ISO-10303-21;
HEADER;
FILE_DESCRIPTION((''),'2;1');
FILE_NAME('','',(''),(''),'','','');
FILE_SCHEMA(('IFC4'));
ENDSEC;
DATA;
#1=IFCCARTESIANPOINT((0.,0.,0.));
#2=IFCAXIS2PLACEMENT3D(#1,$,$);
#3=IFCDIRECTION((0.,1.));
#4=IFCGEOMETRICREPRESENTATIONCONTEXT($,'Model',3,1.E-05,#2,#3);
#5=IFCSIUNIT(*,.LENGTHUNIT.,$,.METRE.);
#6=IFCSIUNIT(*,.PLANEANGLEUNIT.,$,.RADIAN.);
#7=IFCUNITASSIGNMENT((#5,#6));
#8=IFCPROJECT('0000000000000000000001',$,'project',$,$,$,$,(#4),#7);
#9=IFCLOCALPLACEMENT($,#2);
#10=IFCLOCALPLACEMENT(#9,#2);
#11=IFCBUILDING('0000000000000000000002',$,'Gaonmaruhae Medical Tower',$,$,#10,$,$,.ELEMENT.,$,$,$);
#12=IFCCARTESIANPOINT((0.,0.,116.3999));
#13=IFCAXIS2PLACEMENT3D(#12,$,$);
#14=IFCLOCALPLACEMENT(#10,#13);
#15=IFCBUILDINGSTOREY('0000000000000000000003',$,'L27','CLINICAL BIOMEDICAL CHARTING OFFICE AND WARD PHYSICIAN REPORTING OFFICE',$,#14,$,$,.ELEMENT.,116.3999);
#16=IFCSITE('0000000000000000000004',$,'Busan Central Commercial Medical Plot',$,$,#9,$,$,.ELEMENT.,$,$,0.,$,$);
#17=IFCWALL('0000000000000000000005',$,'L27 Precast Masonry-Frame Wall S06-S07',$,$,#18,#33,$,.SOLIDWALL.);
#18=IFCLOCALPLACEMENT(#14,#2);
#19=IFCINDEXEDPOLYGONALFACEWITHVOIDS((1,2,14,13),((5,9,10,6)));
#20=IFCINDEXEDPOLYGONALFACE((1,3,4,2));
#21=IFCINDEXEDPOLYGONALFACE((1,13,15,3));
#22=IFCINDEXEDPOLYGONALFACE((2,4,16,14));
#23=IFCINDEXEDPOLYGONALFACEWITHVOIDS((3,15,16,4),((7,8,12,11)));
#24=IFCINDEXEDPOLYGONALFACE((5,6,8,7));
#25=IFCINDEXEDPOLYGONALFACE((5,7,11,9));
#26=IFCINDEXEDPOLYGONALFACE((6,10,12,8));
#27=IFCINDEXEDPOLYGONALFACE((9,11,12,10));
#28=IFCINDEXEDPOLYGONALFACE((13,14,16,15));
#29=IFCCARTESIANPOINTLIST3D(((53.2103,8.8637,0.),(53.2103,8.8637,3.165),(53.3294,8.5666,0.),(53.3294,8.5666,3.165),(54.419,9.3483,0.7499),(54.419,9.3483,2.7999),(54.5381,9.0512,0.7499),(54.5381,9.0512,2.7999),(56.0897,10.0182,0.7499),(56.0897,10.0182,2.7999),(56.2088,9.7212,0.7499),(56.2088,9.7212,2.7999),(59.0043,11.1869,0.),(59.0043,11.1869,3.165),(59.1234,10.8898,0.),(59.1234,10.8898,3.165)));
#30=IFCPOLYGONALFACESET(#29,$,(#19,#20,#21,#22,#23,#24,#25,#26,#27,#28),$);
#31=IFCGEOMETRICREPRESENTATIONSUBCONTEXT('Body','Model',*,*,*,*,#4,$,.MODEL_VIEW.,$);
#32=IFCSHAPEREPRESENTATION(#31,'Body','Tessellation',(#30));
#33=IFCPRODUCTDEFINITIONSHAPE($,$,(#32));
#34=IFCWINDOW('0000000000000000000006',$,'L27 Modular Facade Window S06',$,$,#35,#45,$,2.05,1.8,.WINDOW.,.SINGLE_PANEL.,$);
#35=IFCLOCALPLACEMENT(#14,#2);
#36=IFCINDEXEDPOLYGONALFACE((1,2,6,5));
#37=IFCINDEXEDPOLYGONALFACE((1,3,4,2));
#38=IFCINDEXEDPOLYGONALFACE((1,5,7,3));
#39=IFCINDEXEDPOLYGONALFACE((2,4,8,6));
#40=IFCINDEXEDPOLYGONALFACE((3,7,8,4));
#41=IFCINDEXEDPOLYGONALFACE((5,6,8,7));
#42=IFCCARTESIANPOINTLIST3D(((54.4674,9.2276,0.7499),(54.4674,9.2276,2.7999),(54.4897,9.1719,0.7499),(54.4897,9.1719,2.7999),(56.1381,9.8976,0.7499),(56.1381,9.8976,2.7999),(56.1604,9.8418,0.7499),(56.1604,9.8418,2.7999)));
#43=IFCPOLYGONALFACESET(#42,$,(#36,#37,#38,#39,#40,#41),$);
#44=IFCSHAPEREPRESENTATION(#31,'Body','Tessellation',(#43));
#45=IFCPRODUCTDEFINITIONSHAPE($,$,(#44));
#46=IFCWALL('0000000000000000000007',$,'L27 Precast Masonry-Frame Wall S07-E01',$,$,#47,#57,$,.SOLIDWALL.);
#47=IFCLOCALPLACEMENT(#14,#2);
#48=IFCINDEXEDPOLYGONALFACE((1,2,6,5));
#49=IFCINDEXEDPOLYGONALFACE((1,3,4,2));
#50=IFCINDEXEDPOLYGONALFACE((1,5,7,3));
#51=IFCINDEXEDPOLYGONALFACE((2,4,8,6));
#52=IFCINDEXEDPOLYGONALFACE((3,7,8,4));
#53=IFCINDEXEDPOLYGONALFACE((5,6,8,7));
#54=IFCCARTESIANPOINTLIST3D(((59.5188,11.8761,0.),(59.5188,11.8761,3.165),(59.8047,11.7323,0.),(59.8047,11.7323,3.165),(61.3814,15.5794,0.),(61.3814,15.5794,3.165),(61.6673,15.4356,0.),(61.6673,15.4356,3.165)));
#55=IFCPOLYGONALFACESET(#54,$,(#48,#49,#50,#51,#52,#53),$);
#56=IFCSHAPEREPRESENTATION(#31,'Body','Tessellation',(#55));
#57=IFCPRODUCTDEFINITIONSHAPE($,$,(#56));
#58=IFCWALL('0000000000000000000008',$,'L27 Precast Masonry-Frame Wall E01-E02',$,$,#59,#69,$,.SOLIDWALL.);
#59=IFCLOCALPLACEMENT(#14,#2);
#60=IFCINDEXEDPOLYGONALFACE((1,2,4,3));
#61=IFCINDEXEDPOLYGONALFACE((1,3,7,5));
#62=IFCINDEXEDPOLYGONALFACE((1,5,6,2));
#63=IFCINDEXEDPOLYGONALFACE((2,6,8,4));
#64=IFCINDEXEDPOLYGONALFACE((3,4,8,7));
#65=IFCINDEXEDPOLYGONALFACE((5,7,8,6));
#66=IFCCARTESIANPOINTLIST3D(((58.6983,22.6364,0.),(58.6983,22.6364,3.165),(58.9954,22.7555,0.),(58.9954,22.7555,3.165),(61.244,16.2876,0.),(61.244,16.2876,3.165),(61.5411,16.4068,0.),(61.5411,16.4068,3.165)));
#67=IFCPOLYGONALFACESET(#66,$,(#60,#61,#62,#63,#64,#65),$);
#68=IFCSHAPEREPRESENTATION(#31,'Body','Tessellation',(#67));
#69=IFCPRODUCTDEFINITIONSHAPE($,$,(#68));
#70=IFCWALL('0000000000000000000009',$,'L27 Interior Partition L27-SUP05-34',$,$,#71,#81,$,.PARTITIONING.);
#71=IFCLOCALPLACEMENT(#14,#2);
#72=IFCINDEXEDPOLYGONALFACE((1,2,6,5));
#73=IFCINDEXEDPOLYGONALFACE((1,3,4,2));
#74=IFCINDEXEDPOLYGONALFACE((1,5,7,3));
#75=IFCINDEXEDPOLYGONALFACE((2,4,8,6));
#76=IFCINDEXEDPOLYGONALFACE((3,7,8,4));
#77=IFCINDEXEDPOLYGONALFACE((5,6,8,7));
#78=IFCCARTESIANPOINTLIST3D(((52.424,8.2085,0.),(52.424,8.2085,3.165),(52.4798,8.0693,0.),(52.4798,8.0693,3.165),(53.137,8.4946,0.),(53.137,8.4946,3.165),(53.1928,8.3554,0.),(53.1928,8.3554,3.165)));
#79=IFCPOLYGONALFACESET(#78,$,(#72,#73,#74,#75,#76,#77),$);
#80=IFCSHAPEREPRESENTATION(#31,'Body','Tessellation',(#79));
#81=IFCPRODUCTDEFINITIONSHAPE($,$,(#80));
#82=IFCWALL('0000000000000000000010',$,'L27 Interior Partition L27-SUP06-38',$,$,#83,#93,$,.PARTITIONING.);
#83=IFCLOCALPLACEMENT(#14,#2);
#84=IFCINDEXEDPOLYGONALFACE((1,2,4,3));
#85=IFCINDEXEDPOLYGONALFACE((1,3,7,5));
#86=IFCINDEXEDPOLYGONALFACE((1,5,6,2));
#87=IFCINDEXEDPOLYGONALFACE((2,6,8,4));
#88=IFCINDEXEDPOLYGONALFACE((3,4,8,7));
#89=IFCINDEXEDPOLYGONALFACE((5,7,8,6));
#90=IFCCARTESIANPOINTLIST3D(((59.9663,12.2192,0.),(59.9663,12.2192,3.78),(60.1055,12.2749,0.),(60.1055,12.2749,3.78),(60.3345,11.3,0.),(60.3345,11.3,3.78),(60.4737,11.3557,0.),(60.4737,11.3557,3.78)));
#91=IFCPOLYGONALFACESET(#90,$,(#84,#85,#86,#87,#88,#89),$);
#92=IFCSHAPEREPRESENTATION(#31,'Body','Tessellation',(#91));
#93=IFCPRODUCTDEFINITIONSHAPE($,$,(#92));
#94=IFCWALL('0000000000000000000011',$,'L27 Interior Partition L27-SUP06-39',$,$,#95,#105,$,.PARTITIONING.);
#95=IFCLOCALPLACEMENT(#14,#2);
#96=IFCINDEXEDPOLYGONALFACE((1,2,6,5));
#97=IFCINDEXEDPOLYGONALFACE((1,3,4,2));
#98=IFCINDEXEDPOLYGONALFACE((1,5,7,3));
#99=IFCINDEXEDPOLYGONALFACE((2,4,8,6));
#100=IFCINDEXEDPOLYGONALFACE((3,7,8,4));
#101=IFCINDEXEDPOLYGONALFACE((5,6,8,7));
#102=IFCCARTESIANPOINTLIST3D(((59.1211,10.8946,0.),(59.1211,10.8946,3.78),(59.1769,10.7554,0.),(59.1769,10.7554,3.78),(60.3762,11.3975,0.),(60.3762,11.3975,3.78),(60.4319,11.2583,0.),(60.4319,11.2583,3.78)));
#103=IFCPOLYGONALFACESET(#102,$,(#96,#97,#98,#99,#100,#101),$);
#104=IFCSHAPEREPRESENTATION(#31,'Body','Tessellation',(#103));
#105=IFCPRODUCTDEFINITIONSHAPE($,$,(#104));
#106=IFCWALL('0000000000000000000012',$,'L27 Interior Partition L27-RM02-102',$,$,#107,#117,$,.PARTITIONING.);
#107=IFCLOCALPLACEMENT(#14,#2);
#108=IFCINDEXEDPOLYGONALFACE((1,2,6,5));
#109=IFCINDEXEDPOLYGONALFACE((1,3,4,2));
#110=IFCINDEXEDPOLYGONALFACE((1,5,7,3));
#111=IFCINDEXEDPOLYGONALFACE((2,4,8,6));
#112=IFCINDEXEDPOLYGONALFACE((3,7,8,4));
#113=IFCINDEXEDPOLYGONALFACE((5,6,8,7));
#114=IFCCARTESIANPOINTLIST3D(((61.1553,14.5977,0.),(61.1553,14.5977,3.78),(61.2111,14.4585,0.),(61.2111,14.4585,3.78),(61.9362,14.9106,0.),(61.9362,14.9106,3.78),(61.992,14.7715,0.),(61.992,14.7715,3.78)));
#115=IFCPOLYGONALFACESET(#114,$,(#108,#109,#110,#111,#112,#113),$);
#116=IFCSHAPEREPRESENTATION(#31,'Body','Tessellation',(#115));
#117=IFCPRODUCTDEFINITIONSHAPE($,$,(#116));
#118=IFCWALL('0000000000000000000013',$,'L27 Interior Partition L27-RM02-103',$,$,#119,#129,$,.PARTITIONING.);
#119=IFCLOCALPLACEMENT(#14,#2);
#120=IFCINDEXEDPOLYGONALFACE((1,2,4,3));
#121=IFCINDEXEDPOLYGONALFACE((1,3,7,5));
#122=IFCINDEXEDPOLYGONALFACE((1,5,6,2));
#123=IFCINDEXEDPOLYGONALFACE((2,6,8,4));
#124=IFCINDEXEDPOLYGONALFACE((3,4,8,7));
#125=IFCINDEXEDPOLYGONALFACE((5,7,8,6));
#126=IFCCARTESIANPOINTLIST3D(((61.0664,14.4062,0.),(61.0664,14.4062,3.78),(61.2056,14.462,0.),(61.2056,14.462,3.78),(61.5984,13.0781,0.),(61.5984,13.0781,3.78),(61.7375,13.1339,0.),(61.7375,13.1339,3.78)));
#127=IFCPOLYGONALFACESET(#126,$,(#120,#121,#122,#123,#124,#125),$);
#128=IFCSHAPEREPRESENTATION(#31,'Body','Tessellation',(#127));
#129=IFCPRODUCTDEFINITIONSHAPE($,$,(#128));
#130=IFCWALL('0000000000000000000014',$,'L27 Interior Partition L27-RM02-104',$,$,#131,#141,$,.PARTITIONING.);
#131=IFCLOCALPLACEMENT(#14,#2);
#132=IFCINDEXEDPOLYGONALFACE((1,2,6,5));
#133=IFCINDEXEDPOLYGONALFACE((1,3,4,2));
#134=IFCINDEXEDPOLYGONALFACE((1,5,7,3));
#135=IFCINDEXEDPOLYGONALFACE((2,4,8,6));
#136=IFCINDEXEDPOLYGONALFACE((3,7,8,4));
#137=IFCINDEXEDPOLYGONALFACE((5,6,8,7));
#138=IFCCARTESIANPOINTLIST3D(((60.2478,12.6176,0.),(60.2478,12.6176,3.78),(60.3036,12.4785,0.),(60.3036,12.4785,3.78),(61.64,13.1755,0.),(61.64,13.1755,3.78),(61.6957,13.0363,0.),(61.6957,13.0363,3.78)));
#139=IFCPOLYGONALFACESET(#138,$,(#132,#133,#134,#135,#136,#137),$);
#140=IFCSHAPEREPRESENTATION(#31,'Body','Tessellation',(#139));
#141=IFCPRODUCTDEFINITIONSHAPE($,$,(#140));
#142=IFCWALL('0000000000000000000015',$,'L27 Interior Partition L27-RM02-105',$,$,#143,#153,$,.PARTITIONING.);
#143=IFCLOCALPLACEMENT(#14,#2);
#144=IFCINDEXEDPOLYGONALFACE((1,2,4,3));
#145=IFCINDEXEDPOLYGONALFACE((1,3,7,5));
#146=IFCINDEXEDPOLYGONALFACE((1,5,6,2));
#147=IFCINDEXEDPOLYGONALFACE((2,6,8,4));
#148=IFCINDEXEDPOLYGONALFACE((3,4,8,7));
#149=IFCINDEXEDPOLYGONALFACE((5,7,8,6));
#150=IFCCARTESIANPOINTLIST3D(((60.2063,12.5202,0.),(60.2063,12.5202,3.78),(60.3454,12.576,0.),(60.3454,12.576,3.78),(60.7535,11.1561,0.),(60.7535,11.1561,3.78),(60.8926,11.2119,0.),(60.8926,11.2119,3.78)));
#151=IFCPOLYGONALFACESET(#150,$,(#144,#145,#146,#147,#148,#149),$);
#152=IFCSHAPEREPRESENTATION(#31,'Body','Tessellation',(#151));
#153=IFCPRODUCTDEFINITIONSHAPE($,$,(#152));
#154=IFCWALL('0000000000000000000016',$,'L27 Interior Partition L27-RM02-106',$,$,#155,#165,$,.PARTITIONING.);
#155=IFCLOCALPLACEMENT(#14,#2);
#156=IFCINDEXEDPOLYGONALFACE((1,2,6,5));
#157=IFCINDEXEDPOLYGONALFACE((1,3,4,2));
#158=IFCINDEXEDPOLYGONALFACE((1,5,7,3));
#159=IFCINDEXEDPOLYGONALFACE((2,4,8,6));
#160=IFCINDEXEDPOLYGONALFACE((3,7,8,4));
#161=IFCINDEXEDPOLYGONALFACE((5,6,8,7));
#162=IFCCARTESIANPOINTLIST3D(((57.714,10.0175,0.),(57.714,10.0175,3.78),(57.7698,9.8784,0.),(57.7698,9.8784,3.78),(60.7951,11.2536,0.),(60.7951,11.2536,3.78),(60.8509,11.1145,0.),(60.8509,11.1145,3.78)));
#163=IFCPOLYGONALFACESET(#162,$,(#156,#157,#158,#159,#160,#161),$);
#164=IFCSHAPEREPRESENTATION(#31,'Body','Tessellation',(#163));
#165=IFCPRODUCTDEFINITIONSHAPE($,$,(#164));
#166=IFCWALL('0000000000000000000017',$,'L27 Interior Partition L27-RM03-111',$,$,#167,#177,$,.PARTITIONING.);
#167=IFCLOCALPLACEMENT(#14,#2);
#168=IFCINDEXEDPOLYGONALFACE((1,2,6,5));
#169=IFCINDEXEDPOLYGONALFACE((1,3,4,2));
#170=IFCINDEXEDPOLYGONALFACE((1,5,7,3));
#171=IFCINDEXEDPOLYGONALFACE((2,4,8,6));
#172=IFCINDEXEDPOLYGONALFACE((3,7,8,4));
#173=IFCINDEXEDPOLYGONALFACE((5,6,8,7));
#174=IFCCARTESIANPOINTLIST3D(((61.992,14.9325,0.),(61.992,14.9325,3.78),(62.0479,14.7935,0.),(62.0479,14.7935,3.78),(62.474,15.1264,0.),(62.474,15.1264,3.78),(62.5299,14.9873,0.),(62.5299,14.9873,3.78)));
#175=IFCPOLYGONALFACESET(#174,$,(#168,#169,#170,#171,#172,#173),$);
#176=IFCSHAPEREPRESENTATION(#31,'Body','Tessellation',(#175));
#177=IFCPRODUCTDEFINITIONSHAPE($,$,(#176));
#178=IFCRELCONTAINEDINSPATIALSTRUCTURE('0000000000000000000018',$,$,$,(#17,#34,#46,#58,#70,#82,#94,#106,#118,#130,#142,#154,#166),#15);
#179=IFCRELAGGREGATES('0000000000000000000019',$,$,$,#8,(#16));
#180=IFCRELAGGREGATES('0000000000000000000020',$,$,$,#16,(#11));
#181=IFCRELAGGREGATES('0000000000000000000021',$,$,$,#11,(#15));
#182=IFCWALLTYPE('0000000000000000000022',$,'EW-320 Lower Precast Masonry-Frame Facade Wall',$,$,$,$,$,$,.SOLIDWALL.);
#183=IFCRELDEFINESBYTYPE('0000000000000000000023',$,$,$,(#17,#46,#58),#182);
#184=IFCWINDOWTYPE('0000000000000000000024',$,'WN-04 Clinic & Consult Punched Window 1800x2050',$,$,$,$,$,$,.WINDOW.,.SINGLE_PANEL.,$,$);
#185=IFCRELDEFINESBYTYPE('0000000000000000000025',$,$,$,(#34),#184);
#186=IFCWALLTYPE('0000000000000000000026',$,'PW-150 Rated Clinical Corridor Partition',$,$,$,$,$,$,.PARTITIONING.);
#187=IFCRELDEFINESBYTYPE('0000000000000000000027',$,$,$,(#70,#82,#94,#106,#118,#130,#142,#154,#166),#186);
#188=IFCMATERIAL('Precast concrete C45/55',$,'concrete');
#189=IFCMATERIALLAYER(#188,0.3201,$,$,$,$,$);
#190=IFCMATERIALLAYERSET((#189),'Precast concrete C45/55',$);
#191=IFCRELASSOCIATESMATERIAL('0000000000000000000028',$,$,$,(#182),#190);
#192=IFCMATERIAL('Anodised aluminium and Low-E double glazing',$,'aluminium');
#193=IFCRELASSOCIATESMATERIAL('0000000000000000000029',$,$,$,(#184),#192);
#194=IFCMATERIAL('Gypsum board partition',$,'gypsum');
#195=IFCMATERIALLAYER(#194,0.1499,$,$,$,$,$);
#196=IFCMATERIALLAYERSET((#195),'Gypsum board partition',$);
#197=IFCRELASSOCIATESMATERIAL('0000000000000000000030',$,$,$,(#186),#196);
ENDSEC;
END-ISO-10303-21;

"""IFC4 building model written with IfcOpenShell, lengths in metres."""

from ifc_helpers import new_model, si_unit, direction, frame, frame_2d, origin, place, context, subcontext, project, spatial, rectangle, extrude, material, layer, layer_set, type_object, element, fill, save


model = new_model("IFC4")

# Units and contexts
model_context = context("Model", 3, precision=1e-05, world=origin(), true_north=direction((0.0, 1.0)))
body_context = subcontext(model_context, "Body", "Model", "MODEL_VIEW")
ifc_project = project(units=[si_unit("LENGTHUNIT", "METRE"), si_unit("PLANEANGLEUNIT", "RADIAN")], contexts=[model_context])

# Site, building, storey
site_placement = place(None, origin())
site = spatial("IfcSite", under=ifc_project, at=site_placement, Name="Busan Central Commercial Medical Plot", CompositionType="ELEMENT", RefElevation=0.0)
building_placement = place(site_placement, origin())
building = spatial("IfcBuilding", under=site, at=building_placement, Name="Gaonmaruhae Medical Tower", CompositionType="ELEMENT")
storey_placement = place(building_placement, frame((0.0, 0.0, 116.3999)))
storey = spatial("IfcBuildingStorey", under=building, at=storey_placement, Name="L27", Description="CLINICAL BIOMEDICAL CHARTING OFFICE AND WARD PHYSICIAN REPORTING OFFICE", CompositionType="ELEMENT", Elevation=116.3999)

# Wall, opening, window
ifc_material_1 = material(Name="Precast concrete C45/55", Category="concrete")
ifc_layer_1 = layer(ifc_material_1, 0.3201)
ifc_layer_set_1 = layer_set([ifc_layer_1], Name="Precast concrete C45/55")
wall_type_1 = type_object("IfcWallType", Name="EW-320 Lower Precast Masonry-Frame Facade Wall", PredefinedType="SOLIDWALL", material=ifc_layer_set_1)
wall_1_placement = place(storey_placement, frame((59.0637, 11.0383, 0.0), z_axis=(0.0, 0.0, 1.0), x_axis=(-0.928163, -0.372173, 0.0)))
wall_1 = element("IfcWall", 1, at=wall_1_placement, inside=storey, type_object=wall_type_1, Name="L27 Precast Masonry-Frame Wall S06-S07", PredefinedType="SOLIDWALL", context=body_context, shape_type="SweptSolid", body=[
    extrude(rectangle(XDim=6.2424, YDim=0.3201, at=frame_2d((3.1211, 0.0))), origin(), (0.0, 0.0, 1.0), 3.165),
])
opening_placement = place(wall_1_placement, frame((3.1401, 0.0, 0.75)))
opening = element("IfcOpeningElement", 2, at=opening_placement, cuts=wall_1, PredefinedType="OPENING", context=body_context, shape_type="SweptSolid", body=[
    extrude(rectangle(XDim=1.8, YDim=2.05, at=frame_2d((0.8999, 1.0249))), frame((0.0, 0.1699, 0.0), z_axis=(0.0, -1.0, 0.0), x_axis=(1.0, 0.0, 0.0)), (0.0, 0.0, 1.0), 0.3401),
])
ifc_material_2 = material(Name="Anodised aluminium and Low-E double glazing", Category="aluminium")
window_type = type_object("IfcWindowType", Name="WN-04 Clinic & Consult Punched Window 1800x2050", PartitioningType="SINGLE_PANEL", PredefinedType="WINDOW", material=ifc_material_2)
window_placement = place(opening_placement, origin())
window = element("IfcWindow", 3, at=window_placement, inside=storey, type_object=window_type, Name="L27 Modular Facade Window S06", OverallHeight=2.05, OverallWidth=1.8, PartitioningType="SINGLE_PANEL", PredefinedType="WINDOW", context=body_context, shape_type="SweptSolid", body=[
    extrude(rectangle(XDim=1.8, YDim=2.05, at=frame_2d((0.8999, 1.0249))), frame((0.0, 0.03, 0.0), z_axis=(0.0, -1.0, 0.0), x_axis=(1.0, 0.0, 0.0)), (0.0, 0.0, 1.0), 0.0601),
])
fill(opening, window)

# Walls
wall_2_placement = place(storey_placement, frame((61.5244, 15.5076, 0.0), z_axis=(0.0, 0.0, 1.0), x_axis=(-0.449333, -0.893365, 0.0)))
element("IfcWall", 4, at=wall_2_placement, inside=storey, type_object=wall_type_1, Name="L27 Precast Masonry-Frame Wall S07-E01", PredefinedType="SOLIDWALL", context=body_context, shape_type="SweptSolid", body=[
    extrude(rectangle(XDim=4.1453, YDim=0.3201, at=frame_2d((2.0728, 0.0))), origin(), (0.0, 0.0, 1.0), 3.165),
])
wall_3_placement = place(storey_placement, frame((58.8469, 22.6958, 0.0), z_axis=(0.0, 0.0, 1.0), x_axis=(0.372172, -0.928164, 0.0)))
element("IfcWall", 5, at=wall_3_placement, inside=storey, type_object=wall_type_1, Name="L27 Precast Masonry-Frame Wall E01-E02", PredefinedType="SOLIDWALL", context=body_context, shape_type="SweptSolid", body=[
    extrude(rectangle(XDim=6.8401, YDim=0.3201, at=frame_2d((3.4199, 0.0))), origin(), (0.0, 0.0, 1.0), 3.165),
])
ifc_material_3 = material(Name="Gypsum board partition", Category="gypsum")
ifc_layer_2 = layer(ifc_material_3, 0.1499)
ifc_layer_set_2 = layer_set([ifc_layer_2], Name="Gypsum board partition")
wall_type_2 = type_object("IfcWallType", Name="PW-150 Rated Clinical Corridor Partition", PredefinedType="PARTITIONING", material=ifc_layer_set_2)
wall_4_placement = place(storey_placement, frame((53.165, 8.425, 0.0), z_axis=(0.0, 0.0, 1.0), x_axis=(-0.928082, -0.372377, 0.0)))
element("IfcWall", 6, at=wall_4_placement, inside=storey, type_object=wall_type_2, Name="L27 Interior Partition L27-SUP05-34", PredefinedType="PARTITIONING", context=body_context, shape_type="SweptSolid", body=[
    extrude(rectangle(XDim=0.7683, YDim=0.1499, at=frame_2d((0.3843, 0.0))), origin(), (0.0, 0.0, 1.0), 3.165),
])
wall_5_placement = place(storey_placement, frame((60.0359, 12.2471, 0.0), z_axis=(0.0, 0.0, 1.0), x_axis=(0.371816, -0.928307, 0.0)))
element("IfcWall", 7, at=wall_5_placement, inside=storey, type_object=wall_type_2, Name="L27 Interior Partition L27-SUP06-38", PredefinedType="PARTITIONING", context=body_context, shape_type="SweptSolid", body=[
    extrude(rectangle(XDim=0.9902, YDim=0.1499, at=frame_2d((0.4951, 0.0))), origin(), (0.0, 0.0, 1.0), 3.78),
])
wall_6_placement = place(storey_placement, frame((60.4041, 11.3279, 0.0), z_axis=(0.0, 0.0, 1.0), x_axis=(-0.928252, -0.371951, 0.0)))
element("IfcWall", 8, at=wall_6_placement, inside=storey, type_object=wall_type_2, Name="L27 Interior Partition L27-SUP06-39", PredefinedType="PARTITIONING", context=body_context, shape_type="SweptSolid", body=[
    extrude(rectangle(XDim=1.3521, YDim=0.1499, at=frame_2d((0.676, 0.0))), origin(), (0.0, 0.0, 1.0), 3.78),
])
wall_7_placement = place(storey_placement, frame((61.9641, 14.8411, 0.0), z_axis=(0.0, 0.0, 1.0), x_axis=(-0.928236, -0.371991, 0.0)))
element("IfcWall", 9, at=wall_7_placement, inside=storey, type_object=wall_type_2, Name="L27 Interior Partition L27-RM02-102", PredefinedType="PARTITIONING", context=body_context, shape_type="SweptSolid", body=[
    extrude(rectangle(XDim=0.8413, YDim=0.1499, at=frame_2d((0.4207, 0.0))), origin(), (0.0, 0.0, 1.0), 3.78),
])
wall_8_placement = place(storey_placement, frame((61.136, 14.4341, 0.0), z_axis=(0.0, 0.0, 1.0), x_axis=(0.371832, -0.9283, 0.0)))
element("IfcWall", 10, at=wall_8_placement, inside=storey, type_object=wall_type_2, Name="L27 Interior Partition L27-RM02-103", PredefinedType="PARTITIONING", context=body_context, shape_type="SweptSolid", body=[
    extrude(rectangle(XDim=1.4307, YDim=0.1499, at=frame_2d((0.7153, 0.0))), origin(), (0.0, 0.0, 1.0), 3.78),
])
wall_9_placement = place(storey_placement, frame((61.668, 13.106, 0.0), z_axis=(0.0, 0.0, 1.0), x_axis=(-0.928241, -0.37198, 0.0)))
element("IfcWall", 11, at=wall_9_placement, inside=storey, type_object=wall_type_2, Name="L27 Interior Partition L27-RM02-104", PredefinedType="PARTITIONING", context=body_context, shape_type="SweptSolid", body=[
    extrude(rectangle(XDim=1.4998, YDim=0.1499, at=frame_2d((0.75, 0.0))), origin(), (0.0, 0.0, 1.0), 3.78),
])
wall_10_placement = place(storey_placement, frame((60.2759, 12.5481, 0.0), z_axis=(0.0, 0.0, 1.0), x_axis=(0.372278, -0.928121, 0.0)))
element("IfcWall", 12, at=wall_10_placement, inside=storey, type_object=wall_type_2, Name="L27 Interior Partition L27-RM02-105", PredefinedType="PARTITIONING", context=body_context, shape_type="SweptSolid", body=[
    extrude(rectangle(XDim=1.4697, YDim=0.1499, at=frame_2d((0.7349, 0.0))), origin(), (0.0, 0.0, 1.0), 3.78),
])
wall_11_placement = place(storey_placement, frame((60.823, 11.1841, 0.0), z_axis=(0.0, 0.0, 1.0), x_axis=(-0.928096, -0.372341, 0.0)))
element("IfcWall", 13, at=wall_11_placement, inside=storey, type_object=wall_type_2, Name="L27 Interior Partition L27-RM02-106", PredefinedType="PARTITIONING", context=body_context, shape_type="SweptSolid", body=[
    extrude(rectangle(XDim=3.3198, YDim=0.1499, at=frame_2d((1.6599, 0.0))), origin(), (0.0, 0.0, 1.0), 3.78),
])
wall_12_placement = place(storey_placement, frame((62.502, 15.0569, 0.0), z_axis=(0.0, 0.0, 1.0), x_axis=(-0.927762, -0.373173, 0.0)))
element("IfcWall", 14, at=wall_12_placement, inside=storey, type_object=wall_type_2, Name="L27 Interior Partition L27-RM03-111", PredefinedType="PARTITIONING", context=body_context, shape_type="SweptSolid", body=[
    extrude(rectangle(XDim=0.5195, YDim=0.1499, at=frame_2d((0.2598, 0.0))), origin(), (0.0, 0.0, 1.0), 3.78),
])

save(model, "model.ifc")
